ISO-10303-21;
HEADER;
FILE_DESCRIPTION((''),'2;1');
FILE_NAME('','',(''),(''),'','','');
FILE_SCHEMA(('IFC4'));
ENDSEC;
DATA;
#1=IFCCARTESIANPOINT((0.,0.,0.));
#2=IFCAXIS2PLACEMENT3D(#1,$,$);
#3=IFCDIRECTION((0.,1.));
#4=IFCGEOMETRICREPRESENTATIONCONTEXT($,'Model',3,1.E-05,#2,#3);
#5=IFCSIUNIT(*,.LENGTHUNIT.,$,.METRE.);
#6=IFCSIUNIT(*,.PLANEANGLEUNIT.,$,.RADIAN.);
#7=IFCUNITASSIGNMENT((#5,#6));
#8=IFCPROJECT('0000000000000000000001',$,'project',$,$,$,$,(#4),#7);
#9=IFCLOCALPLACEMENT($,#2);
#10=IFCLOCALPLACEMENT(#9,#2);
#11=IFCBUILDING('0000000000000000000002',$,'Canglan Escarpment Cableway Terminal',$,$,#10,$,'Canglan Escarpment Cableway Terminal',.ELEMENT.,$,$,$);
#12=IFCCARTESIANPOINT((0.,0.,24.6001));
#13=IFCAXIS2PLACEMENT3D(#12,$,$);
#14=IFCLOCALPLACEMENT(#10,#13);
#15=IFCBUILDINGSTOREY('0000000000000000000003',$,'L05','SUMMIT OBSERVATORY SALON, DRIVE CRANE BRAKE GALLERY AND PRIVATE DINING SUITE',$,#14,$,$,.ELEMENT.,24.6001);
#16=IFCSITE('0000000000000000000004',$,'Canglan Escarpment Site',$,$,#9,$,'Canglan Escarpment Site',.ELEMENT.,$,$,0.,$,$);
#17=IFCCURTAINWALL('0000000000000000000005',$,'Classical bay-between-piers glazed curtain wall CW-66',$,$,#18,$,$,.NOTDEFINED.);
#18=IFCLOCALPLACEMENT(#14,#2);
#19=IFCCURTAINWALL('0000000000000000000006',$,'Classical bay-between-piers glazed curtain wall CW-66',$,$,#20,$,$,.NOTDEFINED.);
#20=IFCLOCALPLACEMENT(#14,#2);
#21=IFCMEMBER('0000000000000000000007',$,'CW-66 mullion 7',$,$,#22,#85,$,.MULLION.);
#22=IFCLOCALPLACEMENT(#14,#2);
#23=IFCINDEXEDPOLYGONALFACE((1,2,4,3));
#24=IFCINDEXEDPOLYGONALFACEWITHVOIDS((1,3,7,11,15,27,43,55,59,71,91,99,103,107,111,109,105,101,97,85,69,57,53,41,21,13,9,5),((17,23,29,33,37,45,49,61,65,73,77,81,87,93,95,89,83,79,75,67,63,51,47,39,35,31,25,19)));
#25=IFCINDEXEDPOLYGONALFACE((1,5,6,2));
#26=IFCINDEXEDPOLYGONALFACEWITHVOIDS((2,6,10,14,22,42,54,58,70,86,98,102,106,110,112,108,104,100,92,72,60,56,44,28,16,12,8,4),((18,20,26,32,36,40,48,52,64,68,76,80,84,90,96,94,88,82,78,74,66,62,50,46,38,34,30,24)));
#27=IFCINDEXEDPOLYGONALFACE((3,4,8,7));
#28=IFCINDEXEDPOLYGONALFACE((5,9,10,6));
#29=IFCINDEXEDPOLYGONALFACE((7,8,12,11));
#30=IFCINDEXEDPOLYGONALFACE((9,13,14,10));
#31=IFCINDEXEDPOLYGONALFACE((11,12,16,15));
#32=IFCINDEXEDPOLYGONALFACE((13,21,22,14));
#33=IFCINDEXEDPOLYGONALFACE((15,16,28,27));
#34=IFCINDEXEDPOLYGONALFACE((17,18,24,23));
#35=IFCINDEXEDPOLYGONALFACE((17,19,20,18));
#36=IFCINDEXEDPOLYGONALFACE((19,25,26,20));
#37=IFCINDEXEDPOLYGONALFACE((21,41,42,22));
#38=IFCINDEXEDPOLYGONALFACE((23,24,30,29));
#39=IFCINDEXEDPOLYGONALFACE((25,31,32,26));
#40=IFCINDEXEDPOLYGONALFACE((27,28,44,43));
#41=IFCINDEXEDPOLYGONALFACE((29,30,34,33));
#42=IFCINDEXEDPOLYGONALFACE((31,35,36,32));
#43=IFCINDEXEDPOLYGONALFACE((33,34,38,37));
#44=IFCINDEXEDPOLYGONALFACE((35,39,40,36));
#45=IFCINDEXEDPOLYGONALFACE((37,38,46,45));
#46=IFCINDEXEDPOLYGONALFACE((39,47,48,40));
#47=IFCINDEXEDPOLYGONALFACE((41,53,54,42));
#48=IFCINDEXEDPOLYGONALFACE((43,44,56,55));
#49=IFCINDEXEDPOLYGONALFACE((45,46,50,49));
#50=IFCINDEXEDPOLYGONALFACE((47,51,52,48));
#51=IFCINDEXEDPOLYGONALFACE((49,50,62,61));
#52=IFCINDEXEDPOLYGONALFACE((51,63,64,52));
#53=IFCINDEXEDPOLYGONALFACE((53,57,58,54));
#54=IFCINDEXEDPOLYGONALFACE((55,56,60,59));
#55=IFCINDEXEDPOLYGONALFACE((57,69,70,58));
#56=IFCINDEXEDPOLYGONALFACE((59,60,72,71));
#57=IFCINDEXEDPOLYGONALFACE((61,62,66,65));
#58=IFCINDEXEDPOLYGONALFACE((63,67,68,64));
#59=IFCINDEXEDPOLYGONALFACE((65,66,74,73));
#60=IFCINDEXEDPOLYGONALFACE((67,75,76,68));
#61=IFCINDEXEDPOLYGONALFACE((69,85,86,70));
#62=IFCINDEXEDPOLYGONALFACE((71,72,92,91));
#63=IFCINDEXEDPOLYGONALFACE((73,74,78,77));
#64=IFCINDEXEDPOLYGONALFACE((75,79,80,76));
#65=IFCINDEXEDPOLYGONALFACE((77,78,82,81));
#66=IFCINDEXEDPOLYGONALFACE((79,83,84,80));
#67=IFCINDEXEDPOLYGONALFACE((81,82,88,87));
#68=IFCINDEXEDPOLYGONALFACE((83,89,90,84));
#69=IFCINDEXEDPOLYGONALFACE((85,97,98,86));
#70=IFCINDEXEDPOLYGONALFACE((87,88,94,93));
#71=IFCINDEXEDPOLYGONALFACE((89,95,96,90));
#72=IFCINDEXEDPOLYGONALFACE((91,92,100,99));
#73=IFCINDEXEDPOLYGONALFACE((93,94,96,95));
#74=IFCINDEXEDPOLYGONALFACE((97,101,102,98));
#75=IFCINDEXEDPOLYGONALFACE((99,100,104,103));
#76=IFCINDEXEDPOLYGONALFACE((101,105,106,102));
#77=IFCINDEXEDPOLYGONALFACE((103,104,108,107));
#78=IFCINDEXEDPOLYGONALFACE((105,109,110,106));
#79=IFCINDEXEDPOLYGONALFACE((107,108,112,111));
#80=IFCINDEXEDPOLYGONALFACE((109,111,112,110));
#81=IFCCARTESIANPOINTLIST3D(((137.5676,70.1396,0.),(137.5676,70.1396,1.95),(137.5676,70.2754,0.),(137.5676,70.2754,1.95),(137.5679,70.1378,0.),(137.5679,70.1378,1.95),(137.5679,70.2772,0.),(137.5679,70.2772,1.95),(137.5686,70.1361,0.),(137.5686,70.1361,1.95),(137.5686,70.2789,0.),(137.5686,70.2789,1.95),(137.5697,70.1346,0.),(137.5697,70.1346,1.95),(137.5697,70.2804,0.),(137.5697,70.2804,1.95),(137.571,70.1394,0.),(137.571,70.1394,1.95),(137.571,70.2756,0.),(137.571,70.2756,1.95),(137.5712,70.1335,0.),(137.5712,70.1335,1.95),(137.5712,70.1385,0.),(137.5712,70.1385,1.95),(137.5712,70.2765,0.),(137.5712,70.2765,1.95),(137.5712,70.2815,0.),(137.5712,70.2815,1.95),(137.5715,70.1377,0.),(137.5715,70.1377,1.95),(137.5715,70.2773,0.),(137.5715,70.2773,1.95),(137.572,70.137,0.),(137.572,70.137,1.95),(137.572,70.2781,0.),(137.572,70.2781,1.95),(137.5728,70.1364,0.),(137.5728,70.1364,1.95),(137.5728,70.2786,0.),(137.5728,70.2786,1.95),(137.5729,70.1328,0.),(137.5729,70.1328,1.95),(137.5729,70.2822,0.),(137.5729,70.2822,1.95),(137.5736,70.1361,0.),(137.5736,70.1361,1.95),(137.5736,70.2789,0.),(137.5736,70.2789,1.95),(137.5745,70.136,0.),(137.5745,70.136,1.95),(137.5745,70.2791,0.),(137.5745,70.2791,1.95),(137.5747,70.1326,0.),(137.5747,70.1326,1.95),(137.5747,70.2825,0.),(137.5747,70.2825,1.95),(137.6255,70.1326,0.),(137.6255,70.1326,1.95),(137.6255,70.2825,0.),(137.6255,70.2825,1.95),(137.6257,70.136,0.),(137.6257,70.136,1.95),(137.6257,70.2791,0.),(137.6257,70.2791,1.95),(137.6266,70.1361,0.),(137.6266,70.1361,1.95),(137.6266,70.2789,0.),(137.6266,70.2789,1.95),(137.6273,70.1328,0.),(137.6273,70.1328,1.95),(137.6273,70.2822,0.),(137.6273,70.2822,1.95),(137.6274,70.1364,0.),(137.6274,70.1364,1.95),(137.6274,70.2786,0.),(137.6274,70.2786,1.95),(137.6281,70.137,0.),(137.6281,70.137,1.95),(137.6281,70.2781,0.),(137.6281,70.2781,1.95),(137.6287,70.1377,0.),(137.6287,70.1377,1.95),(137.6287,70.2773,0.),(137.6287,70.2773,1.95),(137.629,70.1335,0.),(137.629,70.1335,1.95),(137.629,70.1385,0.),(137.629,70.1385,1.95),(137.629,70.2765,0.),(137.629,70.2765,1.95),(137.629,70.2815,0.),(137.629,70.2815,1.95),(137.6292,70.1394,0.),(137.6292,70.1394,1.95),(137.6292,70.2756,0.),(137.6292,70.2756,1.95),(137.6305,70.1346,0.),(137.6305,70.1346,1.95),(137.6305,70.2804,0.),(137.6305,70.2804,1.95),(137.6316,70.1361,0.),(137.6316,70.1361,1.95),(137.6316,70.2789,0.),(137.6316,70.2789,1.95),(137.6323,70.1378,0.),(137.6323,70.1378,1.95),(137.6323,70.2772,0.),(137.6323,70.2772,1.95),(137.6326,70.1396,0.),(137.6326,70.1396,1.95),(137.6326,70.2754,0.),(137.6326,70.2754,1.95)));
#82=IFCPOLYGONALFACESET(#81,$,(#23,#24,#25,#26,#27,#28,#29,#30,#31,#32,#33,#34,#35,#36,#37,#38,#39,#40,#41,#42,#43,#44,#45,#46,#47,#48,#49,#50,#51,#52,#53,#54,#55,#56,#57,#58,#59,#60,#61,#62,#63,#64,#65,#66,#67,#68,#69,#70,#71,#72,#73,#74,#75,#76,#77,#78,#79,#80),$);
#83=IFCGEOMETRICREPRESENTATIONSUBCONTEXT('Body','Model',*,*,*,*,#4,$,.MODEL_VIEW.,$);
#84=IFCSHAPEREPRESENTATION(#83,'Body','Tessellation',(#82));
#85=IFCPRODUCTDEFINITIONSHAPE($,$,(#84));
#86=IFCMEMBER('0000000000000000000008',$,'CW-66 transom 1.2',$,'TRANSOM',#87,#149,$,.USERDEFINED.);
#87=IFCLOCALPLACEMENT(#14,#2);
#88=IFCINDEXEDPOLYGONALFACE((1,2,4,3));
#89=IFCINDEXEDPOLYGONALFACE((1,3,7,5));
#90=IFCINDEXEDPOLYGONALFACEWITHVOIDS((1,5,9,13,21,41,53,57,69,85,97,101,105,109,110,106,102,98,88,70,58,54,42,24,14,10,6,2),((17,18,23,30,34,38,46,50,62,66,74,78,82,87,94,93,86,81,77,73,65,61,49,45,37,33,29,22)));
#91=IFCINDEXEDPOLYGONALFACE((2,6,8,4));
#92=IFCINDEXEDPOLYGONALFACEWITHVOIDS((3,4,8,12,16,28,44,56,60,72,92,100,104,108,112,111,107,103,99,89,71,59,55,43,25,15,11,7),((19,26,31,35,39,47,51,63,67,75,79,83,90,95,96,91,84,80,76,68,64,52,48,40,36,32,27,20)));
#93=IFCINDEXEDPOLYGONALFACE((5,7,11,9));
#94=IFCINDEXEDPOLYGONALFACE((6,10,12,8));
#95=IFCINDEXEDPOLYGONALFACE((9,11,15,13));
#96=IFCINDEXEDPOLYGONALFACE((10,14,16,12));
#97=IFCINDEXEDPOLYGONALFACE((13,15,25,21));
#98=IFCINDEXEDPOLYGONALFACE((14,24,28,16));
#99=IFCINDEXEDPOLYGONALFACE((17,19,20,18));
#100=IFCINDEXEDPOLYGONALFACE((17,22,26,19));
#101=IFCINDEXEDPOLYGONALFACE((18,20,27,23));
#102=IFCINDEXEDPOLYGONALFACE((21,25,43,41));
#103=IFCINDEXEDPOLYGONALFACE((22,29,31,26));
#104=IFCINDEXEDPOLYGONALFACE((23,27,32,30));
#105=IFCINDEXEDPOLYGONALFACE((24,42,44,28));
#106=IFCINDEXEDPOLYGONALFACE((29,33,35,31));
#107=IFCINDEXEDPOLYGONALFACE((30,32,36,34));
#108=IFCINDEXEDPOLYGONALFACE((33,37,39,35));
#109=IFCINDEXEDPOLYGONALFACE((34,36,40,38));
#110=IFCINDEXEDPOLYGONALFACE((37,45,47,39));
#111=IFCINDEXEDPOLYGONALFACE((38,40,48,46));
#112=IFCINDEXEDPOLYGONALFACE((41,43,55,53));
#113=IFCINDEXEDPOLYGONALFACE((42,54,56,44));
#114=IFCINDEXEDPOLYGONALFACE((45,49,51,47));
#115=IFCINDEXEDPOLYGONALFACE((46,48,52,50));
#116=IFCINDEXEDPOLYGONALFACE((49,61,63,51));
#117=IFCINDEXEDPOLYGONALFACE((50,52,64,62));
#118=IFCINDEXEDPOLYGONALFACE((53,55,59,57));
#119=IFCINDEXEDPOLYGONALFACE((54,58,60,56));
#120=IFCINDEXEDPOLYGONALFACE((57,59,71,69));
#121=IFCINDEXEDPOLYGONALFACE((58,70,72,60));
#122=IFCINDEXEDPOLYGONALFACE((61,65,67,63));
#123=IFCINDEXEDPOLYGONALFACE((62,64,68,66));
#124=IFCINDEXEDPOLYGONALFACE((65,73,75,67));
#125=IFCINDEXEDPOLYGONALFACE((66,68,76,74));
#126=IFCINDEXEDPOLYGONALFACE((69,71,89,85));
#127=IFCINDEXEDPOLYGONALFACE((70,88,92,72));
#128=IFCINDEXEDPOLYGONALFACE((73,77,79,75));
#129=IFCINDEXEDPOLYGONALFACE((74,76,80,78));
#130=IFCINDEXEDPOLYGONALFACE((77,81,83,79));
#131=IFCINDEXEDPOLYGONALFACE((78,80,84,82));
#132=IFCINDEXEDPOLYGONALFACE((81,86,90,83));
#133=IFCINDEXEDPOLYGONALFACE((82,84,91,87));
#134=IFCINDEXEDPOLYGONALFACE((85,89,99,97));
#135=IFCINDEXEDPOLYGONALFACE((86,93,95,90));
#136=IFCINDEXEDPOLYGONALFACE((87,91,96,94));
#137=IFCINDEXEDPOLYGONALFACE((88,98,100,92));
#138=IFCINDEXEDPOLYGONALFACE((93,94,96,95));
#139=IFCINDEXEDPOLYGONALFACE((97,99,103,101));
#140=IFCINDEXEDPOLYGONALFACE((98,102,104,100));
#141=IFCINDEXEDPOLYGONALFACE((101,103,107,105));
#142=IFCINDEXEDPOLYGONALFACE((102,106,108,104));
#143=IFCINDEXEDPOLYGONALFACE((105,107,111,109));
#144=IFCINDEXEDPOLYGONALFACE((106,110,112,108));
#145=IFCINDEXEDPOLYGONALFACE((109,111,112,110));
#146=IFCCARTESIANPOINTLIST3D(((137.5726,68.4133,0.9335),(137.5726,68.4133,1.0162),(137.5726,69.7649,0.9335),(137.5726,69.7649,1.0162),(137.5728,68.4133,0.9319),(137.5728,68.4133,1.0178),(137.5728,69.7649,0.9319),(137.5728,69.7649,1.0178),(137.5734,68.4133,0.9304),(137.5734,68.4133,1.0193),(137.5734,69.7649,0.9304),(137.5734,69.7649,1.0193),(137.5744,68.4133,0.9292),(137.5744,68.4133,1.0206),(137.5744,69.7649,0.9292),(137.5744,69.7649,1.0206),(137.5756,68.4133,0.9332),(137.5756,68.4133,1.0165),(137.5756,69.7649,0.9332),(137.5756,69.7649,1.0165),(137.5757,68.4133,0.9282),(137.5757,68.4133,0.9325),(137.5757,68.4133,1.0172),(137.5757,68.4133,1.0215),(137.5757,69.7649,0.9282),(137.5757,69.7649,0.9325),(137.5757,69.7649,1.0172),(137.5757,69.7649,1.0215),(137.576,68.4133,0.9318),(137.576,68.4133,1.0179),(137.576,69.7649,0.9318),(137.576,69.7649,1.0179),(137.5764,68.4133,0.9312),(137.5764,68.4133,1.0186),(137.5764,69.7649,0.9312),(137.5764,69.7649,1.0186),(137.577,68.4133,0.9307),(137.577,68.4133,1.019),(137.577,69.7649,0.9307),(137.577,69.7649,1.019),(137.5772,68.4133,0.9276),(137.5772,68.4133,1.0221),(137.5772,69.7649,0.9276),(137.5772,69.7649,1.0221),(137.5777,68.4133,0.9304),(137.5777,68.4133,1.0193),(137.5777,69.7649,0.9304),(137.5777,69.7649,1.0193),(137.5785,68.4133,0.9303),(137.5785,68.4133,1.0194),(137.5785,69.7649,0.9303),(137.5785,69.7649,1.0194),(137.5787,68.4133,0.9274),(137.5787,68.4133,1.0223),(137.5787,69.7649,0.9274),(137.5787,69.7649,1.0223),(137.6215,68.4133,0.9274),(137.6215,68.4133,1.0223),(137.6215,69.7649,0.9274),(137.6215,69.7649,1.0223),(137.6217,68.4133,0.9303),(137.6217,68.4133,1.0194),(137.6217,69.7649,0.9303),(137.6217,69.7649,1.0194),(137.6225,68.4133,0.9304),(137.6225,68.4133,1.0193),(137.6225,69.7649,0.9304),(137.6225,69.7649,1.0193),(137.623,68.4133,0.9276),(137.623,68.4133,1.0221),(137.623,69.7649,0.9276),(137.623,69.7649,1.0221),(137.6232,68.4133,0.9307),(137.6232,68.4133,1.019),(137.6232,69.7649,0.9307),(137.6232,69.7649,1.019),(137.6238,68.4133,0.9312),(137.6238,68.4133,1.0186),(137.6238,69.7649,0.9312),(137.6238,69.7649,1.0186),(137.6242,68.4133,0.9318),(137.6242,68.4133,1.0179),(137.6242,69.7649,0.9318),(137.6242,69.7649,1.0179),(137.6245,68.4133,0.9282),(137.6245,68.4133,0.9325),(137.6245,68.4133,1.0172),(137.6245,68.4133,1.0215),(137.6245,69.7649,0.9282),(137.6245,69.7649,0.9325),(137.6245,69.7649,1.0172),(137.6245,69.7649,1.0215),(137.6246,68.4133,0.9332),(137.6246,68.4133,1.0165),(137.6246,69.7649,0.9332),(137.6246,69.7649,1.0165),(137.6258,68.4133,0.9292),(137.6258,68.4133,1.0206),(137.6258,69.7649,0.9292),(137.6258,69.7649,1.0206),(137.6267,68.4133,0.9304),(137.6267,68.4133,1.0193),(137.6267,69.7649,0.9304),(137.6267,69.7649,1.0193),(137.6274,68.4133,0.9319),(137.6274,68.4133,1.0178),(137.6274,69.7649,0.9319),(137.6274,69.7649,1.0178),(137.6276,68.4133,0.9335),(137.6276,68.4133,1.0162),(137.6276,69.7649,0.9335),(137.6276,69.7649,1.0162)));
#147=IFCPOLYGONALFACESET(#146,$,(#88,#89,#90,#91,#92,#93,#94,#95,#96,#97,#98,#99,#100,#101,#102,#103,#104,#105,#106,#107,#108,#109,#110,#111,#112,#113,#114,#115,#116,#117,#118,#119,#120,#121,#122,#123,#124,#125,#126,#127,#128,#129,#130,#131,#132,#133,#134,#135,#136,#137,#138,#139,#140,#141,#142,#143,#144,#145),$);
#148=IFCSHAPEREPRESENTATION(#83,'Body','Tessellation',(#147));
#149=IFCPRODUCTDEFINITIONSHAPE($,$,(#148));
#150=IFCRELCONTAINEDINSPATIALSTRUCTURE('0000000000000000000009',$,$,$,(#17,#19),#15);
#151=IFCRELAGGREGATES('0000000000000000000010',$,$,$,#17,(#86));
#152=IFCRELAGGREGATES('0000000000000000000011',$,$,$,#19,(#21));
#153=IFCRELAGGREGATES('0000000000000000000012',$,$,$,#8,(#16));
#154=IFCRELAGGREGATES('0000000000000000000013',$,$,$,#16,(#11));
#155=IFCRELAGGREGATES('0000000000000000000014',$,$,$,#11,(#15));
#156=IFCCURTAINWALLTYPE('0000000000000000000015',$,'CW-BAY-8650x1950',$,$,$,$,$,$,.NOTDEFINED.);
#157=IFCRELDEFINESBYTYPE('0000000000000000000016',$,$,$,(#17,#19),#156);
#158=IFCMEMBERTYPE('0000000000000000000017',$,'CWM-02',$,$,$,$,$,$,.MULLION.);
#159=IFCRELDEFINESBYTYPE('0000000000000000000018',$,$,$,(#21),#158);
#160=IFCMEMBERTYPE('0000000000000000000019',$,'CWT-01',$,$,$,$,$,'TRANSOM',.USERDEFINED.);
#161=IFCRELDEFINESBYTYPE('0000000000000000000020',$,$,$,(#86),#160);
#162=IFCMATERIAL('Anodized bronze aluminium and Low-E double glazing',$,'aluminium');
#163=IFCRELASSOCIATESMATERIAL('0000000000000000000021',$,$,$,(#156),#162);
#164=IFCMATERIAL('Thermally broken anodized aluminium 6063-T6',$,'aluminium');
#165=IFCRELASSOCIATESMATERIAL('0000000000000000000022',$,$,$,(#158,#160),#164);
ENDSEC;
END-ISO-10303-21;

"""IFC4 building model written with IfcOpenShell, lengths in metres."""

from ifc_helpers import new_model, si_unit, direction, frame, origin, origin_2d, place, context, subcontext, project, spatial, hollow_rectangle, extrude, material, material_profile, profile_set, type_object, element, aggregate, save


model = new_model("IFC4")

# Units and contexts
model_context = context("Model", 3, precision=1e-05, world=origin(), true_north=direction((0.0, 1.0)))
body_context = subcontext(model_context, "Body", "Model", "MODEL_VIEW")
ifc_project = project(units=[si_unit("LENGTHUNIT", "METRE"), si_unit("PLANEANGLEUNIT", "RADIAN")], contexts=[model_context])

# Site, building, storey
site_placement = place(None, origin())
site = spatial("IfcSite", under=ifc_project, at=site_placement, Name="Canglan Escarpment Site", LongName="Canglan Escarpment Site", CompositionType="ELEMENT", RefElevation=0.0)
building_placement = place(site_placement, origin())
building = spatial("IfcBuilding", under=site, at=building_placement, Name="Canglan Escarpment Cableway Terminal", LongName="Canglan Escarpment Cableway Terminal", CompositionType="ELEMENT")
storey_placement = place(building_placement, frame((0.0, 0.0, 24.6001)))
storey = spatial("IfcBuildingStorey", under=building, at=storey_placement, Name="L05", Description="SUMMIT OBSERVATORY SALON, DRIVE CRANE BRAKE GALLERY AND PRIVATE DINING SUITE", CompositionType="ELEMENT", Elevation=24.6001)

# Curtain wall
ifc_material_1 = material(Name="Anodized bronze aluminium and Low-E double glazing", Category="aluminium")
curtain_wall_type = type_object("IfcCurtainWallType", Name="CW-BAY-8650x1950", PredefinedType="NOTDEFINED", material=ifc_material_1)
curtain_wall_1_placement = place(storey_placement, origin())
curtain_wall_1 = element("IfcCurtainWall", 1, at=curtain_wall_1_placement, inside=storey, type_object=curtain_wall_type, Name="Classical bay-between-piers glazed curtain wall CW-66", PredefinedType="NOTDEFINED")
ifc_material_2 = material(Name="Thermally broken anodized aluminium 6063-T6", Category="aluminium")

# Curtain wall, member
curtain_wall_2_placement = place(storey_placement, origin())
curtain_wall_2 = element("IfcCurtainWall", 2, at=curtain_wall_2_placement, inside=storey, type_object=curtain_wall_type, Name="Classical bay-between-piers glazed curtain wall CW-66", PredefinedType="NOTDEFINED")
ifc_material_profile_1 = material_profile(ifc_material_2, hollow_rectangle(XDim=0.0649, YDim=0.1499, WallThickness=0.0034, InnerFilletRadius=0.0034, OuterFilletRadius=0.0071, at=origin_2d()), Name="ALU-MULL 65x150x3.5")
ifc_profile_set_1 = profile_set([ifc_material_profile_1], Name="Thermally broken anodized aluminium 6063-T6")
member_type_1 = type_object("IfcMemberType", Name="CWM-02", PredefinedType="MULLION", material=ifc_profile_set_1)
member_1_placement = place(storey_placement, frame((137.6001, 70.2075, 0.0), z_axis=(0.0, 0.0, 1.0), x_axis=(1.0, 0.0, 0.0)))
member_1 = element("IfcMember", 3, at=member_1_placement, type_object=member_type_1, Name="CW-66 mullion 7", PredefinedType="MULLION", context=body_context, shape_type="SweptSolid", body=[
    extrude(hollow_rectangle(XDim=0.0649, YDim=0.1499, WallThickness=0.0034, InnerFilletRadius=0.0034, OuterFilletRadius=0.0071, at=origin_2d()), origin(), (0.0, 0.0, 1.0), 1.95),
])

# Member
ifc_material_profile_2 = material_profile(ifc_material_2, hollow_rectangle(XDim=0.0549, YDim=0.095, WallThickness=0.0029, InnerFilletRadius=0.0029, OuterFilletRadius=0.0061, at=origin_2d()), Name="ALU-TRAN 55x95x3")
ifc_profile_set_2 = profile_set([ifc_material_profile_2], Name="Thermally broken anodized aluminium 6063-T6")
member_type_2 = type_object("IfcMemberType", Name="CWT-01", ElementType="TRANSOM", PredefinedType="USERDEFINED", material=ifc_profile_set_2)
member_2_placement = place(storey_placement, frame((137.6001, 69.7649, 0.9749), z_axis=(0.0, -1.0, 0.0), x_axis=(1.0, 0.0, 0.0)))
member_2 = element("IfcMember", 4, at=member_2_placement, type_object=member_type_2, Name="CW-66 transom 1.2", ObjectType="TRANSOM", PredefinedType="USERDEFINED", context=body_context, shape_type="SweptSolid", body=[
    extrude(hollow_rectangle(XDim=0.0549, YDim=0.095, WallThickness=0.0029, InnerFilletRadius=0.0029, OuterFilletRadius=0.0061, at=origin_2d()), origin(), (0.0, 0.0, 1.0), 1.3516),
])
aggregate(curtain_wall_1, [member_2])

aggregate(curtain_wall_2, [member_1])

save(model, "model.ifc")
